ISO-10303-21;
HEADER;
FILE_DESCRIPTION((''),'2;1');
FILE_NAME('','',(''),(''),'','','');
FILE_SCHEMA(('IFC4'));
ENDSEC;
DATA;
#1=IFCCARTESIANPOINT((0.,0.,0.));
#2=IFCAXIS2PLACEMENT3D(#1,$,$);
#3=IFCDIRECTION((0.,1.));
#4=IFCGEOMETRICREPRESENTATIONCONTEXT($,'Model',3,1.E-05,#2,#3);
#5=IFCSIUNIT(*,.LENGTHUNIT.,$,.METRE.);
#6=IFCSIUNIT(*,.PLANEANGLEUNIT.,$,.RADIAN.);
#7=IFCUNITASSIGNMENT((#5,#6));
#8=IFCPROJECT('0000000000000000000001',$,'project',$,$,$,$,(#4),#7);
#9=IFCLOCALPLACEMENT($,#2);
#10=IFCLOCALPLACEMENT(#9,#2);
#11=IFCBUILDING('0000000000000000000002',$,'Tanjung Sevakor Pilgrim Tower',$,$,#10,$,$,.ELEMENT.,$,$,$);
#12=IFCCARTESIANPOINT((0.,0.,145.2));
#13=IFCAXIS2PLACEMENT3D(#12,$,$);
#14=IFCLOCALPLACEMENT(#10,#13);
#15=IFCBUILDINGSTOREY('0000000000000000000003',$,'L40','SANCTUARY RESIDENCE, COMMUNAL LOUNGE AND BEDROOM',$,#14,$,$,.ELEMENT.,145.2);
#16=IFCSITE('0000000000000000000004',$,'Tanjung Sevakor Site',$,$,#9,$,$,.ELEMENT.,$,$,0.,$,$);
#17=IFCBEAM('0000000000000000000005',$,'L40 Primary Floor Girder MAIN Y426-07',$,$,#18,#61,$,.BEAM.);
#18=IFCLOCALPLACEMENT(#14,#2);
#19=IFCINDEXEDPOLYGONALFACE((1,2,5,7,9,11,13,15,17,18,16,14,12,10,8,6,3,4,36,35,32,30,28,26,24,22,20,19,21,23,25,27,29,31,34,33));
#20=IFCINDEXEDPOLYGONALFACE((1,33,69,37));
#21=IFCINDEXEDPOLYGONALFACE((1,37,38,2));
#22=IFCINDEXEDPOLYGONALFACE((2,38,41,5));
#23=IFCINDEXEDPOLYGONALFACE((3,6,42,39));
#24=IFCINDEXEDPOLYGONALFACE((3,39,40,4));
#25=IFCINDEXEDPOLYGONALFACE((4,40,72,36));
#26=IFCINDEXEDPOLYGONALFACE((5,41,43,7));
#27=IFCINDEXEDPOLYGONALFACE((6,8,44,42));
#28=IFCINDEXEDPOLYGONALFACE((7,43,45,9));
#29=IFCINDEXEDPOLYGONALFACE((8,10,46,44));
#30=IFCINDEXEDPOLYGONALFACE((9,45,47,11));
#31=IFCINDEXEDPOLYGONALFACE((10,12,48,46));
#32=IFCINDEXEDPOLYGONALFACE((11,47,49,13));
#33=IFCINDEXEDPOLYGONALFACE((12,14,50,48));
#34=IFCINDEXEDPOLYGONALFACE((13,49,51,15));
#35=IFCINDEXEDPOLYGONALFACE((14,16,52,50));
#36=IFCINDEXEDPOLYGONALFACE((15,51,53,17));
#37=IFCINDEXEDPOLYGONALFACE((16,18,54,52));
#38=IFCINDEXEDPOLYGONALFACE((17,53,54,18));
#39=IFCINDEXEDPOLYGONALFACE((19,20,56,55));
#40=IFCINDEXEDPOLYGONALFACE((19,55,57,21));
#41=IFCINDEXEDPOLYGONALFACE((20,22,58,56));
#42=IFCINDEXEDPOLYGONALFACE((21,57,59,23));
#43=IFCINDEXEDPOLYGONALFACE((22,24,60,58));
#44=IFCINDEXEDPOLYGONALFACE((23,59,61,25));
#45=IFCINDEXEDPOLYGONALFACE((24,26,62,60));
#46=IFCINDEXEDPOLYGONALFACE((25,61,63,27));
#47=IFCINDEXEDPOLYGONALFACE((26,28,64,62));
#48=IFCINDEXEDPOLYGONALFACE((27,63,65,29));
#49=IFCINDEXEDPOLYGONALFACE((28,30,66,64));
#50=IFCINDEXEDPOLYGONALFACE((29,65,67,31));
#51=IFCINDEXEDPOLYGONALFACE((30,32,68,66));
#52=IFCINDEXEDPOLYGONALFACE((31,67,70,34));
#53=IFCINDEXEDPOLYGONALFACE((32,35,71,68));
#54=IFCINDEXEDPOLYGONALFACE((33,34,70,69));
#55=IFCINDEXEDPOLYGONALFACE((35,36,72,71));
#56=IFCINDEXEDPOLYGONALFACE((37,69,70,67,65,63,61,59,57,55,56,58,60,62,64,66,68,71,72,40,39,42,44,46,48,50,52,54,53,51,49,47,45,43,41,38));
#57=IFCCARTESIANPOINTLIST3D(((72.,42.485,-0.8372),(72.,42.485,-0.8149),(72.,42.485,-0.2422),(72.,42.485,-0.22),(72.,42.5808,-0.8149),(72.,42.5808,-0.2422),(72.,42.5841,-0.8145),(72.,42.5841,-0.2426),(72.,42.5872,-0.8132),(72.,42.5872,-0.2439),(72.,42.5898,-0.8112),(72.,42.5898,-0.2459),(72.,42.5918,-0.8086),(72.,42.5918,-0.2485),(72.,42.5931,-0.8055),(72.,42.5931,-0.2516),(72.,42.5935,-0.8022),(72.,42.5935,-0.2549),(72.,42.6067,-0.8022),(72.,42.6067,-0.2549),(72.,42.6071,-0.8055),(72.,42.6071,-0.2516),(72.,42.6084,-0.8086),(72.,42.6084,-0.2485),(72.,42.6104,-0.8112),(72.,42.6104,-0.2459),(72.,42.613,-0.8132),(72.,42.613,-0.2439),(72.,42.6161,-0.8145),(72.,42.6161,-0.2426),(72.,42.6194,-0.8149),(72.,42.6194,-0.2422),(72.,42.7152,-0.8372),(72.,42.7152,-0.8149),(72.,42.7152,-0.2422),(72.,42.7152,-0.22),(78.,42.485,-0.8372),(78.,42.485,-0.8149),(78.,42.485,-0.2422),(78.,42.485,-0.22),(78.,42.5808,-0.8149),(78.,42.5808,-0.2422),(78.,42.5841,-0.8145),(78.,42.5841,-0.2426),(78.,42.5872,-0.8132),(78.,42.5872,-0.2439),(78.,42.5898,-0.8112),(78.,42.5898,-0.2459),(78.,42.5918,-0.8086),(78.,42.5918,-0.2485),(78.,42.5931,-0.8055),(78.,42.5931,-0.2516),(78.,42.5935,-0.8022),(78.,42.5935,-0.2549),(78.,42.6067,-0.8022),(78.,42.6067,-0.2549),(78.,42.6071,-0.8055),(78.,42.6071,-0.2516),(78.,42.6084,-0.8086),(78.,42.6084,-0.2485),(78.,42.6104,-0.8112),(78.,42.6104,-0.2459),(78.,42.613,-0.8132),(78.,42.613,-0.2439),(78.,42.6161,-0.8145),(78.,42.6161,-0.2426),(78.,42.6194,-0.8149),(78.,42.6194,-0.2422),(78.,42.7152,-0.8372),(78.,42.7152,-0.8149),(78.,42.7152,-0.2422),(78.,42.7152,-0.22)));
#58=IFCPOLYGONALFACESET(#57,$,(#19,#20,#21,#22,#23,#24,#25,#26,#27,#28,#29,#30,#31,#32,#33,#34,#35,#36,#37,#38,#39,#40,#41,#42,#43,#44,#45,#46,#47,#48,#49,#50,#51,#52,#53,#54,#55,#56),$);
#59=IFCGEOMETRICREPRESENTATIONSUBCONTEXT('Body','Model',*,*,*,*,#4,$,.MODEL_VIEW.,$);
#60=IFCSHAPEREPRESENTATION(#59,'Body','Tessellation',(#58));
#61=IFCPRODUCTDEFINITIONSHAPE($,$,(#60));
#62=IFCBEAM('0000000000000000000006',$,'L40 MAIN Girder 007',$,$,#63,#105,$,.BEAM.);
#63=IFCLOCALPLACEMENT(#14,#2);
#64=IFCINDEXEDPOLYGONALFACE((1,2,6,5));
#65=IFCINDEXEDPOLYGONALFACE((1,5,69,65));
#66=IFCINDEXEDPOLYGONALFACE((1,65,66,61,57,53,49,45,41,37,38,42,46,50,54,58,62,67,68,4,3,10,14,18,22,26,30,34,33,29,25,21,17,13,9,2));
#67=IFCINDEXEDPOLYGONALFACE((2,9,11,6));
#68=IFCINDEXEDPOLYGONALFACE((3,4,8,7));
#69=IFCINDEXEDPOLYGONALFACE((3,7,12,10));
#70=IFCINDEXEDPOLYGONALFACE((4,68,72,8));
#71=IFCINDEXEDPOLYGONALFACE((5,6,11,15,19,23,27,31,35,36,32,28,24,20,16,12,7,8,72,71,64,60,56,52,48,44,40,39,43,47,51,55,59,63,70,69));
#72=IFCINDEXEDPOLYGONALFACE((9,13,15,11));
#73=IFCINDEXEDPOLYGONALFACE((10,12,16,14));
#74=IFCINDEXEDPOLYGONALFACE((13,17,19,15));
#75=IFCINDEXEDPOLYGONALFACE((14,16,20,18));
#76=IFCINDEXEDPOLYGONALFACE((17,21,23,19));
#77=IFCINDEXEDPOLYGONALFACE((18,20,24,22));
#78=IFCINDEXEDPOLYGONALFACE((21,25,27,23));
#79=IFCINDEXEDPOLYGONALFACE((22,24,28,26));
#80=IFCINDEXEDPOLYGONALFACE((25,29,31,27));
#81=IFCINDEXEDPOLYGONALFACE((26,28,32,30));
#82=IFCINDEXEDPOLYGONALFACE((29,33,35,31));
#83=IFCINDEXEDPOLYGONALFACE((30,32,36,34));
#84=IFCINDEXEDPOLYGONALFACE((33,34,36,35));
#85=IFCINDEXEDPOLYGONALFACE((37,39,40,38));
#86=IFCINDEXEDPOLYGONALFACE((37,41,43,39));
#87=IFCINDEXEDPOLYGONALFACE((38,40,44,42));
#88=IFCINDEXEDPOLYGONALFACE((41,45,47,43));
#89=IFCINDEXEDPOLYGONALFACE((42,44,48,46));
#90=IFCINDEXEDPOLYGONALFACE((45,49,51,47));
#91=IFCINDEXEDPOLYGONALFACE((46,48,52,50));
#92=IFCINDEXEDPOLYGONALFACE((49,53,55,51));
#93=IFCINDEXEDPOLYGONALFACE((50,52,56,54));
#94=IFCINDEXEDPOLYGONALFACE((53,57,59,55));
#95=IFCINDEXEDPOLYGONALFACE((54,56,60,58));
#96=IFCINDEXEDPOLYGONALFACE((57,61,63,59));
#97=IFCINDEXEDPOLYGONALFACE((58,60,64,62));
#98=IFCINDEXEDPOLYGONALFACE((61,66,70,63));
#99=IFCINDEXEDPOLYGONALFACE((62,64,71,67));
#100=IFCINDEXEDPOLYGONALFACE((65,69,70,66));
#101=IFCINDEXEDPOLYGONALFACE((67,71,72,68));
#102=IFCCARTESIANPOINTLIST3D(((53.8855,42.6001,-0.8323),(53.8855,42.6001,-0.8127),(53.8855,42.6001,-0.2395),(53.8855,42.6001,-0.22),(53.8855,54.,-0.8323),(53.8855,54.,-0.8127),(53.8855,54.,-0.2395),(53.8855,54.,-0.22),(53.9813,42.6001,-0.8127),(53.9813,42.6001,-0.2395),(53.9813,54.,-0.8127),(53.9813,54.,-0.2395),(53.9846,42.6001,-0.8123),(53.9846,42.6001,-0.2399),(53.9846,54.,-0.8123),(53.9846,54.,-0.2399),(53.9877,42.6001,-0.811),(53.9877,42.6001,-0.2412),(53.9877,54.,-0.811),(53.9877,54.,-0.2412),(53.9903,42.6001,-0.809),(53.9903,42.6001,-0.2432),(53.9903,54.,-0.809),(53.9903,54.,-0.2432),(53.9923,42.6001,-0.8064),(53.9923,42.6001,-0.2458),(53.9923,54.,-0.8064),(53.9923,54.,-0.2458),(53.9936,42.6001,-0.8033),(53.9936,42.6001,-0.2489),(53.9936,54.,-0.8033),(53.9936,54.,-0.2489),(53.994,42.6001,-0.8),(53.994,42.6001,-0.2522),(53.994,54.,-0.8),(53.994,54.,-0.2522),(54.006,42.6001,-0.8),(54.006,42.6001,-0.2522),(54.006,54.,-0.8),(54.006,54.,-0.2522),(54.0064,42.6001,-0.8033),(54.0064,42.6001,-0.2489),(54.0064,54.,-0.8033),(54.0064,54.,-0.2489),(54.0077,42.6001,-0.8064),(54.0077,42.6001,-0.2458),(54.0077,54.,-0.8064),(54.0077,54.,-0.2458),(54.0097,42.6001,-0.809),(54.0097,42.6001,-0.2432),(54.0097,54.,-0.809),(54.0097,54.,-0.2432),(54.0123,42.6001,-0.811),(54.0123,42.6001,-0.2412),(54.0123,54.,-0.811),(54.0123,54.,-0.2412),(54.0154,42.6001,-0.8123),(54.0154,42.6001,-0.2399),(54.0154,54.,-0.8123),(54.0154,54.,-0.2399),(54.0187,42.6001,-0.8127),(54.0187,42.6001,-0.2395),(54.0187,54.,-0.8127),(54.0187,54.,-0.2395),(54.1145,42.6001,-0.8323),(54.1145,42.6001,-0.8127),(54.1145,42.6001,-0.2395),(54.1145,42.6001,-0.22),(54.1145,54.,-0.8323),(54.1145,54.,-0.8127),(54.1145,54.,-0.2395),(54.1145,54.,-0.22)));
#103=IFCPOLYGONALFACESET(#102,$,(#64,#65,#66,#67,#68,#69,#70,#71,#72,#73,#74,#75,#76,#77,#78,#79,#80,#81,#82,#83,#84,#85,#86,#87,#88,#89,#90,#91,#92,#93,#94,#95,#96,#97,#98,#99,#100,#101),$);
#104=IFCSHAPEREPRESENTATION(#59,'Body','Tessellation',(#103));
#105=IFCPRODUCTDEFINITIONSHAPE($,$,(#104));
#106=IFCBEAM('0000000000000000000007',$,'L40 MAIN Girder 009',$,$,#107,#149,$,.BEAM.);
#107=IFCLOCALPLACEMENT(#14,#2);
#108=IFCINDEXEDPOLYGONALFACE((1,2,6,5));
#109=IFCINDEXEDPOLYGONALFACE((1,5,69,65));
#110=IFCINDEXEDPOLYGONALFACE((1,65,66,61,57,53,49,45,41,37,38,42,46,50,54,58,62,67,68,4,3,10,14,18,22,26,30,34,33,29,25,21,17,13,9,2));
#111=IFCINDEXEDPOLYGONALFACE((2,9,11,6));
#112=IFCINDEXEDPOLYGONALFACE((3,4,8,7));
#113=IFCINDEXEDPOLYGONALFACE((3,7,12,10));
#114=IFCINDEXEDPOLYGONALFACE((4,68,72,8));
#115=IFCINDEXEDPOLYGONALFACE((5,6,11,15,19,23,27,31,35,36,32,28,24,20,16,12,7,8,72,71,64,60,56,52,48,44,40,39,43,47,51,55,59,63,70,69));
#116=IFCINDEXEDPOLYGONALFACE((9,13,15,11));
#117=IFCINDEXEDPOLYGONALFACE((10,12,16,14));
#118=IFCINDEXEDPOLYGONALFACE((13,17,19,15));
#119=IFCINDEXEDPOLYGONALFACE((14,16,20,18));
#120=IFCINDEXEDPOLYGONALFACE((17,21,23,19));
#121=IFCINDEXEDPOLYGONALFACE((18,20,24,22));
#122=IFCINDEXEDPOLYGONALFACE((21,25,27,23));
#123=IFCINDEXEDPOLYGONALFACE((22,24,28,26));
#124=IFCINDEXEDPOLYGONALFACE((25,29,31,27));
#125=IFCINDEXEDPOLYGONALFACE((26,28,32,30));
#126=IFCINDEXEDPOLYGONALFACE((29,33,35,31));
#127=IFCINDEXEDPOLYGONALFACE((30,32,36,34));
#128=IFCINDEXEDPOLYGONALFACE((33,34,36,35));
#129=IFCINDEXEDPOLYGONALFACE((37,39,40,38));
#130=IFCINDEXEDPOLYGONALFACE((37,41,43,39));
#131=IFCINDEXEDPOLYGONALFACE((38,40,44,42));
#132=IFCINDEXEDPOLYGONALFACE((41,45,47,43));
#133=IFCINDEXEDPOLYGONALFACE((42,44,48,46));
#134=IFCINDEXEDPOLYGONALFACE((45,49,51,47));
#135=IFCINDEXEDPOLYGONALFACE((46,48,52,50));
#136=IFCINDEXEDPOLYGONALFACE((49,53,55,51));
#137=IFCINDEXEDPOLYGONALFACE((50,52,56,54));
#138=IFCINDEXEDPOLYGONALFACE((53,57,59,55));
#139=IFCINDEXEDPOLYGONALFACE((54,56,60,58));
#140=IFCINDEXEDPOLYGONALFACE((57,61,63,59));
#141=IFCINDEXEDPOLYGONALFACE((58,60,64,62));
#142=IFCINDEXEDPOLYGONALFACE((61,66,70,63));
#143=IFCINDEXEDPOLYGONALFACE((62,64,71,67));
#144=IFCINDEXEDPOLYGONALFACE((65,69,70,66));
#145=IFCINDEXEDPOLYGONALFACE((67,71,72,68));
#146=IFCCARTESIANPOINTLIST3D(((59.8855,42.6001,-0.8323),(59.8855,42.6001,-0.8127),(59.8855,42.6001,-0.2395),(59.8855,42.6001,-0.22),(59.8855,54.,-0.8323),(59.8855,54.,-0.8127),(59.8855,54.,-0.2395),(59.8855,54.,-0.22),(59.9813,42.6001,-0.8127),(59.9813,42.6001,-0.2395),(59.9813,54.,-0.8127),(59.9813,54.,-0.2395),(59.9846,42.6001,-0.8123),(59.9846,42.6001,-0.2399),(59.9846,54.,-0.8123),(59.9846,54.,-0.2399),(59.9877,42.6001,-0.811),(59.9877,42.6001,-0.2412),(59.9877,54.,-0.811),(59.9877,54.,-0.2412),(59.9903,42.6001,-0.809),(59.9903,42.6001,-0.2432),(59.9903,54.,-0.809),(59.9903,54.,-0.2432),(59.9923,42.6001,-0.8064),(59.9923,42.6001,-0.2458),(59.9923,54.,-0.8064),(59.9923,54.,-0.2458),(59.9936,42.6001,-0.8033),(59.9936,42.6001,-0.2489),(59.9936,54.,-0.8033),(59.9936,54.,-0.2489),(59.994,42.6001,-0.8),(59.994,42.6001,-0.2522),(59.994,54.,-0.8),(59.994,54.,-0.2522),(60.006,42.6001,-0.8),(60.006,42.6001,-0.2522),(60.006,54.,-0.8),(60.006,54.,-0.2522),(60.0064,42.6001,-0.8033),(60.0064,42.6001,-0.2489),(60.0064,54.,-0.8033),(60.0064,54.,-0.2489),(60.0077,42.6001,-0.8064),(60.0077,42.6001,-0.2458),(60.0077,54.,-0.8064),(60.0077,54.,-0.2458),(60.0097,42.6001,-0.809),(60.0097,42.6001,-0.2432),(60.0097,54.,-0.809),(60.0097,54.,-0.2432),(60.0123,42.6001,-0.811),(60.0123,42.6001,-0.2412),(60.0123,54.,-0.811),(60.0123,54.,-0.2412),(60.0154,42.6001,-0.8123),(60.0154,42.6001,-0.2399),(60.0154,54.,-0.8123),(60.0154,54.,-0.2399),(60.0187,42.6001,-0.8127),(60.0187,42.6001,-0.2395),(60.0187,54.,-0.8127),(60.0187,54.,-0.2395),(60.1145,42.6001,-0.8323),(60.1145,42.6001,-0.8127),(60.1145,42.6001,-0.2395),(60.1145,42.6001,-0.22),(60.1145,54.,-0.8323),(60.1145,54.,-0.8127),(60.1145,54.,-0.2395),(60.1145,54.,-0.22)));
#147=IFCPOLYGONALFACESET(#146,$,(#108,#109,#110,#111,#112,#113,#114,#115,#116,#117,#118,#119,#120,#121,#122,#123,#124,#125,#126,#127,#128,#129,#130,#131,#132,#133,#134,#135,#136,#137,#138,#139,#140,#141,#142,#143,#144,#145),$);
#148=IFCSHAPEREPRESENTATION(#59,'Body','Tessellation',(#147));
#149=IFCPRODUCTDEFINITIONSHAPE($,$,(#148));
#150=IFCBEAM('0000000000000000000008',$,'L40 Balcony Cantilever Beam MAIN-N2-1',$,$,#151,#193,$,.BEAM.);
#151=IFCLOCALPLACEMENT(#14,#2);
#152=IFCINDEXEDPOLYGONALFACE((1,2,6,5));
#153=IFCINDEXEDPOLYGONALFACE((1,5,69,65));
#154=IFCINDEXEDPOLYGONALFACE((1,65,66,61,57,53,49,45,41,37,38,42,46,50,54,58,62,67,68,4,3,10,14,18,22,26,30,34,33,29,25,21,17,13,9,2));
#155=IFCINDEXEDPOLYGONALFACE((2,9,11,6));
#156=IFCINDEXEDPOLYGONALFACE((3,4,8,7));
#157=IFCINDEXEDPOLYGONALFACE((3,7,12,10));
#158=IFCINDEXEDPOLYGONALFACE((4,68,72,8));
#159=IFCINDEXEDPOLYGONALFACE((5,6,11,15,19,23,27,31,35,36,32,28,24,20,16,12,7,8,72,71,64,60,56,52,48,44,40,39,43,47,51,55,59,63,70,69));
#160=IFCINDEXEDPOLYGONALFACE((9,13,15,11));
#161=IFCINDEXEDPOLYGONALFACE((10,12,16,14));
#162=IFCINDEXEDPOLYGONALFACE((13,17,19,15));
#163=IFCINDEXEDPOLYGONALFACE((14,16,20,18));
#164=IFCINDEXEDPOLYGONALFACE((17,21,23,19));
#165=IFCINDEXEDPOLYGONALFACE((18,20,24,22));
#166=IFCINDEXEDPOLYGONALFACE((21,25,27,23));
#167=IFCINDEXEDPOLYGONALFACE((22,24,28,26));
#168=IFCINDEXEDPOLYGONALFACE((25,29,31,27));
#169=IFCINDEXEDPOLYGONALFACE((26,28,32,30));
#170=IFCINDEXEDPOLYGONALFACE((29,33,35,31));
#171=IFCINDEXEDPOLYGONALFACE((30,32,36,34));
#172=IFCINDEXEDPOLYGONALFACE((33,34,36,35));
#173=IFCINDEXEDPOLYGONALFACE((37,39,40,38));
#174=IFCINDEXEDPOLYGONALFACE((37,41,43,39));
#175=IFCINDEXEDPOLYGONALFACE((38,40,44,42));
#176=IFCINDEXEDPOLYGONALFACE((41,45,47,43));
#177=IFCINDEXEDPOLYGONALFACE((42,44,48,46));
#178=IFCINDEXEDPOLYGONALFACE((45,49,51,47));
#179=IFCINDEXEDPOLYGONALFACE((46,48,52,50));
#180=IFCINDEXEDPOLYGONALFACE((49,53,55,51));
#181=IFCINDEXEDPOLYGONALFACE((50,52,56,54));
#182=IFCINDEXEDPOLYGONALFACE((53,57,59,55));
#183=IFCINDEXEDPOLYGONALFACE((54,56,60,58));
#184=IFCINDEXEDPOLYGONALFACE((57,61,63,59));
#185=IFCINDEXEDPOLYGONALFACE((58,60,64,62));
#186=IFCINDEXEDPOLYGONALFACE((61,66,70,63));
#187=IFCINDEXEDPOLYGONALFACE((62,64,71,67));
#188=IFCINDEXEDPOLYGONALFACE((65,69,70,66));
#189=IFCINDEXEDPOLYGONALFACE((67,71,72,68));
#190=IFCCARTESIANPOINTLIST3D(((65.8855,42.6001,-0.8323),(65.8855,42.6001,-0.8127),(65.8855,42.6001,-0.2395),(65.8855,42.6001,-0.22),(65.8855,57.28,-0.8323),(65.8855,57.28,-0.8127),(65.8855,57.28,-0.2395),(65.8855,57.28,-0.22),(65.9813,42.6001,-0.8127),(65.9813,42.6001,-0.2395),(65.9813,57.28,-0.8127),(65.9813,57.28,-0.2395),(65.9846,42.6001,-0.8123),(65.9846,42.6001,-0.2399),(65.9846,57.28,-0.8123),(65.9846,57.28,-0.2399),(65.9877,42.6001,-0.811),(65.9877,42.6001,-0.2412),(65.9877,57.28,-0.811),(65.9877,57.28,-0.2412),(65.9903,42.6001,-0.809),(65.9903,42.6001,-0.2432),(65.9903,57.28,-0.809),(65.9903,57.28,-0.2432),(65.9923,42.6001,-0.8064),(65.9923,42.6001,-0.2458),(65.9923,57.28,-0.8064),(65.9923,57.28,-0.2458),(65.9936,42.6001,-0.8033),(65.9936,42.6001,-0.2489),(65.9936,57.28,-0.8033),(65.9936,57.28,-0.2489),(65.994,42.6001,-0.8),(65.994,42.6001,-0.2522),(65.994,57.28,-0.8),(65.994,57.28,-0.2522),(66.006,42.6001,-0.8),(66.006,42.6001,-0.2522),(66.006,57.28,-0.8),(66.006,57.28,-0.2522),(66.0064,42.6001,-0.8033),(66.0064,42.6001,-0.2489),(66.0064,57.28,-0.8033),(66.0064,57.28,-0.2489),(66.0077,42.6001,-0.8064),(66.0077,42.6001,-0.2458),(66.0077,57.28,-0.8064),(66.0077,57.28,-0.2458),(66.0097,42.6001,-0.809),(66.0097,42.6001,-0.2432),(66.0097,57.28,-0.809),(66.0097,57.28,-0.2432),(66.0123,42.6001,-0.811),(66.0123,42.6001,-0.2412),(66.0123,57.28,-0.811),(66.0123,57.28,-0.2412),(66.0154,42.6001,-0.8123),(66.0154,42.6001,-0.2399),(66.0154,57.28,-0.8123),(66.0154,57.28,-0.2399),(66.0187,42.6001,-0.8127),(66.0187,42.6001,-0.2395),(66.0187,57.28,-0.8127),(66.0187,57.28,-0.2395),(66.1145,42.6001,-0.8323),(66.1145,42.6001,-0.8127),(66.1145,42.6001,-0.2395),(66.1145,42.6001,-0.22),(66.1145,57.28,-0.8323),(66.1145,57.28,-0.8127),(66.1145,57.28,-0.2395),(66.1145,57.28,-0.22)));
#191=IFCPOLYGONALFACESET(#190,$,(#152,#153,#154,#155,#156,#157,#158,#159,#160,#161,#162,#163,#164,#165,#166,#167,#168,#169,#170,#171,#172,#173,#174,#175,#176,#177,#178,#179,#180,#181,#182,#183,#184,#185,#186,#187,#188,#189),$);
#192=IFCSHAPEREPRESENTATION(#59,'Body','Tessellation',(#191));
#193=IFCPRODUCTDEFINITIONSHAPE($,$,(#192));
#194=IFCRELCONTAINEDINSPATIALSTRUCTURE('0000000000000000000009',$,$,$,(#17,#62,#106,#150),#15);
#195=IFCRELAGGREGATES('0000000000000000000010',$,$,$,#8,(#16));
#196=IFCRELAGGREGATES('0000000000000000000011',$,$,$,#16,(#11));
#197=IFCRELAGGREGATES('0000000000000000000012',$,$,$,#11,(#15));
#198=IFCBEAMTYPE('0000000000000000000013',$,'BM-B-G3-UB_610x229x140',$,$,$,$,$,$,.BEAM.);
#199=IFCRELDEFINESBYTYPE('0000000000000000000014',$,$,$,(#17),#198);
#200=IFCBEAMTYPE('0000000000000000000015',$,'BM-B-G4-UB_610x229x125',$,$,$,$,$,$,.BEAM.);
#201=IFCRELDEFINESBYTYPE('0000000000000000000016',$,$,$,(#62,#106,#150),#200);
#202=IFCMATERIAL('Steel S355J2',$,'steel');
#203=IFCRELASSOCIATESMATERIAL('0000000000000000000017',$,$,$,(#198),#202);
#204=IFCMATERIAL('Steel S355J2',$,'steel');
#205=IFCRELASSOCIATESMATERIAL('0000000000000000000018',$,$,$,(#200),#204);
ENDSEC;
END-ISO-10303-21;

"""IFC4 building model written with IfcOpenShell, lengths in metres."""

from ifc_helpers import new_model, si_unit, direction, frame, origin, origin_2d, place, context, subcontext, project, spatial, i_section, extrude, material, material_profile, profile_set, type_object, element, save


model = new_model("IFC4")

# Units and contexts
model_context = context("Model", 3, precision=1e-05, world=origin(), true_north=direction((0.0, 1.0)))
body_context = subcontext(model_context, "Body", "Model", "MODEL_VIEW")
ifc_project = project(units=[si_unit("LENGTHUNIT", "METRE"), si_unit("PLANEANGLEUNIT", "RADIAN")], contexts=[model_context])

# Site, building, storey
site_placement = place(None, origin())
site = spatial("IfcSite", under=ifc_project, at=site_placement, Name="Tanjung Sevakor Site", CompositionType="ELEMENT", RefElevation=0.0)
building_placement = place(site_placement, origin())
building = spatial("IfcBuilding", under=site, at=building_placement, Name="Tanjung Sevakor Pilgrim Tower", CompositionType="ELEMENT")
storey_placement = place(building_placement, frame((0.0, 0.0, 145.2)))
storey = spatial("IfcBuildingStorey", under=building, at=storey_placement, Name="L40", Description="SANCTUARY RESIDENCE, COMMUNAL LOUNGE AND BEDROOM", CompositionType="ELEMENT", Elevation=145.2)

# Beams
ifc_material_1 = material(Name="Steel S355J2", Category="steel")
ifc_material_profile_1 = material_profile(ifc_material_1, i_section(OverallWidth=0.2302, OverallDepth=0.6172, WebThickness=0.0132, FlangeThickness=0.0222, FilletRadius=0.0127, at=origin_2d()))
ifc_profile_set_1 = profile_set([ifc_material_profile_1], Name="Steel S355J2")
beam_type_1 = type_object("IfcBeamType", Name="BM-B-G3-UB_610x229x140", PredefinedType="BEAM", material=ifc_profile_set_1)
for number, where, z_axis, x_axis, name in (
    (1, (72.0, 42.6001, -0.5286), (1.0, 0.0, 0.0), (0.0, 1.0, 0.0), "L40 Primary Floor Girder MAIN Y426-07"),
):
    element("IfcBeam", number, at=place(storey_placement, frame(where, z_axis=z_axis, x_axis=x_axis)), inside=storey, type_object=beam_type_1, Name=name, PredefinedType="BEAM", context=body_context, shape_type="SweptSolid", body=[
        extrude(i_section(OverallWidth=0.2302, OverallDepth=0.6172, WebThickness=0.0132, FlangeThickness=0.0222, FilletRadius=0.0127, at=origin_2d()), origin(), (0.0, 0.0, 1.0), 6.0),
    ])
ifc_material_2 = material(Name="Steel S355J2", Category="steel")
ifc_material_profile_2 = material_profile(ifc_material_2, i_section(OverallWidth=0.229, OverallDepth=0.6123, WebThickness=0.012, FlangeThickness=0.0195, FilletRadius=0.0127, at=origin_2d()))
ifc_profile_set_2 = profile_set([ifc_material_profile_2], Name="Steel S355J2")
beam_type_2 = type_object("IfcBeamType", Name="BM-B-G4-UB_610x229x125", PredefinedType="BEAM", material=ifc_profile_set_2)
for number, where, z_axis, x_axis, name in (
    (2, (54.0, 42.6001, -0.5261), (0.0, 1.0, 0.0), (-1.0, 0.0, 0.0), "L40 MAIN Girder 007"),
    (3, (60.0, 42.6001, -0.5261), (0.0, 1.0, 0.0), (-1.0, 0.0, 0.0), "L40 MAIN Girder 009"),
):
    element("IfcBeam", number, at=place(storey_placement, frame(where, z_axis=z_axis, x_axis=x_axis)), inside=storey, type_object=beam_type_2, Name=name, PredefinedType="BEAM", context=body_context, shape_type="SweptSolid", body=[
        extrude(i_section(OverallWidth=0.229, OverallDepth=0.6123, WebThickness=0.012, FlangeThickness=0.0195, FilletRadius=0.0127, at=origin_2d()), origin(), (0.0, 0.0, 1.0), 11.3999),
    ])
for number, where, z_axis, x_axis, name in (
    (4, (66.0, 42.6001, -0.5261), (0.0, 1.0, 0.0), (-1.0, 0.0, 0.0), "L40 Balcony Cantilever Beam MAIN-N2-1"),
):
    element("IfcBeam", number, at=place(storey_placement, frame(where, z_axis=z_axis, x_axis=x_axis)), inside=storey, type_object=beam_type_2, Name=name, PredefinedType="BEAM", context=body_context, shape_type="SweptSolid", body=[
        extrude(i_section(OverallWidth=0.229, OverallDepth=0.6123, WebThickness=0.012, FlangeThickness=0.0195, FilletRadius=0.0127, at=origin_2d()), origin(), (0.0, 0.0, 1.0), 14.6799),
    ])

save(model, "model.ifc")
